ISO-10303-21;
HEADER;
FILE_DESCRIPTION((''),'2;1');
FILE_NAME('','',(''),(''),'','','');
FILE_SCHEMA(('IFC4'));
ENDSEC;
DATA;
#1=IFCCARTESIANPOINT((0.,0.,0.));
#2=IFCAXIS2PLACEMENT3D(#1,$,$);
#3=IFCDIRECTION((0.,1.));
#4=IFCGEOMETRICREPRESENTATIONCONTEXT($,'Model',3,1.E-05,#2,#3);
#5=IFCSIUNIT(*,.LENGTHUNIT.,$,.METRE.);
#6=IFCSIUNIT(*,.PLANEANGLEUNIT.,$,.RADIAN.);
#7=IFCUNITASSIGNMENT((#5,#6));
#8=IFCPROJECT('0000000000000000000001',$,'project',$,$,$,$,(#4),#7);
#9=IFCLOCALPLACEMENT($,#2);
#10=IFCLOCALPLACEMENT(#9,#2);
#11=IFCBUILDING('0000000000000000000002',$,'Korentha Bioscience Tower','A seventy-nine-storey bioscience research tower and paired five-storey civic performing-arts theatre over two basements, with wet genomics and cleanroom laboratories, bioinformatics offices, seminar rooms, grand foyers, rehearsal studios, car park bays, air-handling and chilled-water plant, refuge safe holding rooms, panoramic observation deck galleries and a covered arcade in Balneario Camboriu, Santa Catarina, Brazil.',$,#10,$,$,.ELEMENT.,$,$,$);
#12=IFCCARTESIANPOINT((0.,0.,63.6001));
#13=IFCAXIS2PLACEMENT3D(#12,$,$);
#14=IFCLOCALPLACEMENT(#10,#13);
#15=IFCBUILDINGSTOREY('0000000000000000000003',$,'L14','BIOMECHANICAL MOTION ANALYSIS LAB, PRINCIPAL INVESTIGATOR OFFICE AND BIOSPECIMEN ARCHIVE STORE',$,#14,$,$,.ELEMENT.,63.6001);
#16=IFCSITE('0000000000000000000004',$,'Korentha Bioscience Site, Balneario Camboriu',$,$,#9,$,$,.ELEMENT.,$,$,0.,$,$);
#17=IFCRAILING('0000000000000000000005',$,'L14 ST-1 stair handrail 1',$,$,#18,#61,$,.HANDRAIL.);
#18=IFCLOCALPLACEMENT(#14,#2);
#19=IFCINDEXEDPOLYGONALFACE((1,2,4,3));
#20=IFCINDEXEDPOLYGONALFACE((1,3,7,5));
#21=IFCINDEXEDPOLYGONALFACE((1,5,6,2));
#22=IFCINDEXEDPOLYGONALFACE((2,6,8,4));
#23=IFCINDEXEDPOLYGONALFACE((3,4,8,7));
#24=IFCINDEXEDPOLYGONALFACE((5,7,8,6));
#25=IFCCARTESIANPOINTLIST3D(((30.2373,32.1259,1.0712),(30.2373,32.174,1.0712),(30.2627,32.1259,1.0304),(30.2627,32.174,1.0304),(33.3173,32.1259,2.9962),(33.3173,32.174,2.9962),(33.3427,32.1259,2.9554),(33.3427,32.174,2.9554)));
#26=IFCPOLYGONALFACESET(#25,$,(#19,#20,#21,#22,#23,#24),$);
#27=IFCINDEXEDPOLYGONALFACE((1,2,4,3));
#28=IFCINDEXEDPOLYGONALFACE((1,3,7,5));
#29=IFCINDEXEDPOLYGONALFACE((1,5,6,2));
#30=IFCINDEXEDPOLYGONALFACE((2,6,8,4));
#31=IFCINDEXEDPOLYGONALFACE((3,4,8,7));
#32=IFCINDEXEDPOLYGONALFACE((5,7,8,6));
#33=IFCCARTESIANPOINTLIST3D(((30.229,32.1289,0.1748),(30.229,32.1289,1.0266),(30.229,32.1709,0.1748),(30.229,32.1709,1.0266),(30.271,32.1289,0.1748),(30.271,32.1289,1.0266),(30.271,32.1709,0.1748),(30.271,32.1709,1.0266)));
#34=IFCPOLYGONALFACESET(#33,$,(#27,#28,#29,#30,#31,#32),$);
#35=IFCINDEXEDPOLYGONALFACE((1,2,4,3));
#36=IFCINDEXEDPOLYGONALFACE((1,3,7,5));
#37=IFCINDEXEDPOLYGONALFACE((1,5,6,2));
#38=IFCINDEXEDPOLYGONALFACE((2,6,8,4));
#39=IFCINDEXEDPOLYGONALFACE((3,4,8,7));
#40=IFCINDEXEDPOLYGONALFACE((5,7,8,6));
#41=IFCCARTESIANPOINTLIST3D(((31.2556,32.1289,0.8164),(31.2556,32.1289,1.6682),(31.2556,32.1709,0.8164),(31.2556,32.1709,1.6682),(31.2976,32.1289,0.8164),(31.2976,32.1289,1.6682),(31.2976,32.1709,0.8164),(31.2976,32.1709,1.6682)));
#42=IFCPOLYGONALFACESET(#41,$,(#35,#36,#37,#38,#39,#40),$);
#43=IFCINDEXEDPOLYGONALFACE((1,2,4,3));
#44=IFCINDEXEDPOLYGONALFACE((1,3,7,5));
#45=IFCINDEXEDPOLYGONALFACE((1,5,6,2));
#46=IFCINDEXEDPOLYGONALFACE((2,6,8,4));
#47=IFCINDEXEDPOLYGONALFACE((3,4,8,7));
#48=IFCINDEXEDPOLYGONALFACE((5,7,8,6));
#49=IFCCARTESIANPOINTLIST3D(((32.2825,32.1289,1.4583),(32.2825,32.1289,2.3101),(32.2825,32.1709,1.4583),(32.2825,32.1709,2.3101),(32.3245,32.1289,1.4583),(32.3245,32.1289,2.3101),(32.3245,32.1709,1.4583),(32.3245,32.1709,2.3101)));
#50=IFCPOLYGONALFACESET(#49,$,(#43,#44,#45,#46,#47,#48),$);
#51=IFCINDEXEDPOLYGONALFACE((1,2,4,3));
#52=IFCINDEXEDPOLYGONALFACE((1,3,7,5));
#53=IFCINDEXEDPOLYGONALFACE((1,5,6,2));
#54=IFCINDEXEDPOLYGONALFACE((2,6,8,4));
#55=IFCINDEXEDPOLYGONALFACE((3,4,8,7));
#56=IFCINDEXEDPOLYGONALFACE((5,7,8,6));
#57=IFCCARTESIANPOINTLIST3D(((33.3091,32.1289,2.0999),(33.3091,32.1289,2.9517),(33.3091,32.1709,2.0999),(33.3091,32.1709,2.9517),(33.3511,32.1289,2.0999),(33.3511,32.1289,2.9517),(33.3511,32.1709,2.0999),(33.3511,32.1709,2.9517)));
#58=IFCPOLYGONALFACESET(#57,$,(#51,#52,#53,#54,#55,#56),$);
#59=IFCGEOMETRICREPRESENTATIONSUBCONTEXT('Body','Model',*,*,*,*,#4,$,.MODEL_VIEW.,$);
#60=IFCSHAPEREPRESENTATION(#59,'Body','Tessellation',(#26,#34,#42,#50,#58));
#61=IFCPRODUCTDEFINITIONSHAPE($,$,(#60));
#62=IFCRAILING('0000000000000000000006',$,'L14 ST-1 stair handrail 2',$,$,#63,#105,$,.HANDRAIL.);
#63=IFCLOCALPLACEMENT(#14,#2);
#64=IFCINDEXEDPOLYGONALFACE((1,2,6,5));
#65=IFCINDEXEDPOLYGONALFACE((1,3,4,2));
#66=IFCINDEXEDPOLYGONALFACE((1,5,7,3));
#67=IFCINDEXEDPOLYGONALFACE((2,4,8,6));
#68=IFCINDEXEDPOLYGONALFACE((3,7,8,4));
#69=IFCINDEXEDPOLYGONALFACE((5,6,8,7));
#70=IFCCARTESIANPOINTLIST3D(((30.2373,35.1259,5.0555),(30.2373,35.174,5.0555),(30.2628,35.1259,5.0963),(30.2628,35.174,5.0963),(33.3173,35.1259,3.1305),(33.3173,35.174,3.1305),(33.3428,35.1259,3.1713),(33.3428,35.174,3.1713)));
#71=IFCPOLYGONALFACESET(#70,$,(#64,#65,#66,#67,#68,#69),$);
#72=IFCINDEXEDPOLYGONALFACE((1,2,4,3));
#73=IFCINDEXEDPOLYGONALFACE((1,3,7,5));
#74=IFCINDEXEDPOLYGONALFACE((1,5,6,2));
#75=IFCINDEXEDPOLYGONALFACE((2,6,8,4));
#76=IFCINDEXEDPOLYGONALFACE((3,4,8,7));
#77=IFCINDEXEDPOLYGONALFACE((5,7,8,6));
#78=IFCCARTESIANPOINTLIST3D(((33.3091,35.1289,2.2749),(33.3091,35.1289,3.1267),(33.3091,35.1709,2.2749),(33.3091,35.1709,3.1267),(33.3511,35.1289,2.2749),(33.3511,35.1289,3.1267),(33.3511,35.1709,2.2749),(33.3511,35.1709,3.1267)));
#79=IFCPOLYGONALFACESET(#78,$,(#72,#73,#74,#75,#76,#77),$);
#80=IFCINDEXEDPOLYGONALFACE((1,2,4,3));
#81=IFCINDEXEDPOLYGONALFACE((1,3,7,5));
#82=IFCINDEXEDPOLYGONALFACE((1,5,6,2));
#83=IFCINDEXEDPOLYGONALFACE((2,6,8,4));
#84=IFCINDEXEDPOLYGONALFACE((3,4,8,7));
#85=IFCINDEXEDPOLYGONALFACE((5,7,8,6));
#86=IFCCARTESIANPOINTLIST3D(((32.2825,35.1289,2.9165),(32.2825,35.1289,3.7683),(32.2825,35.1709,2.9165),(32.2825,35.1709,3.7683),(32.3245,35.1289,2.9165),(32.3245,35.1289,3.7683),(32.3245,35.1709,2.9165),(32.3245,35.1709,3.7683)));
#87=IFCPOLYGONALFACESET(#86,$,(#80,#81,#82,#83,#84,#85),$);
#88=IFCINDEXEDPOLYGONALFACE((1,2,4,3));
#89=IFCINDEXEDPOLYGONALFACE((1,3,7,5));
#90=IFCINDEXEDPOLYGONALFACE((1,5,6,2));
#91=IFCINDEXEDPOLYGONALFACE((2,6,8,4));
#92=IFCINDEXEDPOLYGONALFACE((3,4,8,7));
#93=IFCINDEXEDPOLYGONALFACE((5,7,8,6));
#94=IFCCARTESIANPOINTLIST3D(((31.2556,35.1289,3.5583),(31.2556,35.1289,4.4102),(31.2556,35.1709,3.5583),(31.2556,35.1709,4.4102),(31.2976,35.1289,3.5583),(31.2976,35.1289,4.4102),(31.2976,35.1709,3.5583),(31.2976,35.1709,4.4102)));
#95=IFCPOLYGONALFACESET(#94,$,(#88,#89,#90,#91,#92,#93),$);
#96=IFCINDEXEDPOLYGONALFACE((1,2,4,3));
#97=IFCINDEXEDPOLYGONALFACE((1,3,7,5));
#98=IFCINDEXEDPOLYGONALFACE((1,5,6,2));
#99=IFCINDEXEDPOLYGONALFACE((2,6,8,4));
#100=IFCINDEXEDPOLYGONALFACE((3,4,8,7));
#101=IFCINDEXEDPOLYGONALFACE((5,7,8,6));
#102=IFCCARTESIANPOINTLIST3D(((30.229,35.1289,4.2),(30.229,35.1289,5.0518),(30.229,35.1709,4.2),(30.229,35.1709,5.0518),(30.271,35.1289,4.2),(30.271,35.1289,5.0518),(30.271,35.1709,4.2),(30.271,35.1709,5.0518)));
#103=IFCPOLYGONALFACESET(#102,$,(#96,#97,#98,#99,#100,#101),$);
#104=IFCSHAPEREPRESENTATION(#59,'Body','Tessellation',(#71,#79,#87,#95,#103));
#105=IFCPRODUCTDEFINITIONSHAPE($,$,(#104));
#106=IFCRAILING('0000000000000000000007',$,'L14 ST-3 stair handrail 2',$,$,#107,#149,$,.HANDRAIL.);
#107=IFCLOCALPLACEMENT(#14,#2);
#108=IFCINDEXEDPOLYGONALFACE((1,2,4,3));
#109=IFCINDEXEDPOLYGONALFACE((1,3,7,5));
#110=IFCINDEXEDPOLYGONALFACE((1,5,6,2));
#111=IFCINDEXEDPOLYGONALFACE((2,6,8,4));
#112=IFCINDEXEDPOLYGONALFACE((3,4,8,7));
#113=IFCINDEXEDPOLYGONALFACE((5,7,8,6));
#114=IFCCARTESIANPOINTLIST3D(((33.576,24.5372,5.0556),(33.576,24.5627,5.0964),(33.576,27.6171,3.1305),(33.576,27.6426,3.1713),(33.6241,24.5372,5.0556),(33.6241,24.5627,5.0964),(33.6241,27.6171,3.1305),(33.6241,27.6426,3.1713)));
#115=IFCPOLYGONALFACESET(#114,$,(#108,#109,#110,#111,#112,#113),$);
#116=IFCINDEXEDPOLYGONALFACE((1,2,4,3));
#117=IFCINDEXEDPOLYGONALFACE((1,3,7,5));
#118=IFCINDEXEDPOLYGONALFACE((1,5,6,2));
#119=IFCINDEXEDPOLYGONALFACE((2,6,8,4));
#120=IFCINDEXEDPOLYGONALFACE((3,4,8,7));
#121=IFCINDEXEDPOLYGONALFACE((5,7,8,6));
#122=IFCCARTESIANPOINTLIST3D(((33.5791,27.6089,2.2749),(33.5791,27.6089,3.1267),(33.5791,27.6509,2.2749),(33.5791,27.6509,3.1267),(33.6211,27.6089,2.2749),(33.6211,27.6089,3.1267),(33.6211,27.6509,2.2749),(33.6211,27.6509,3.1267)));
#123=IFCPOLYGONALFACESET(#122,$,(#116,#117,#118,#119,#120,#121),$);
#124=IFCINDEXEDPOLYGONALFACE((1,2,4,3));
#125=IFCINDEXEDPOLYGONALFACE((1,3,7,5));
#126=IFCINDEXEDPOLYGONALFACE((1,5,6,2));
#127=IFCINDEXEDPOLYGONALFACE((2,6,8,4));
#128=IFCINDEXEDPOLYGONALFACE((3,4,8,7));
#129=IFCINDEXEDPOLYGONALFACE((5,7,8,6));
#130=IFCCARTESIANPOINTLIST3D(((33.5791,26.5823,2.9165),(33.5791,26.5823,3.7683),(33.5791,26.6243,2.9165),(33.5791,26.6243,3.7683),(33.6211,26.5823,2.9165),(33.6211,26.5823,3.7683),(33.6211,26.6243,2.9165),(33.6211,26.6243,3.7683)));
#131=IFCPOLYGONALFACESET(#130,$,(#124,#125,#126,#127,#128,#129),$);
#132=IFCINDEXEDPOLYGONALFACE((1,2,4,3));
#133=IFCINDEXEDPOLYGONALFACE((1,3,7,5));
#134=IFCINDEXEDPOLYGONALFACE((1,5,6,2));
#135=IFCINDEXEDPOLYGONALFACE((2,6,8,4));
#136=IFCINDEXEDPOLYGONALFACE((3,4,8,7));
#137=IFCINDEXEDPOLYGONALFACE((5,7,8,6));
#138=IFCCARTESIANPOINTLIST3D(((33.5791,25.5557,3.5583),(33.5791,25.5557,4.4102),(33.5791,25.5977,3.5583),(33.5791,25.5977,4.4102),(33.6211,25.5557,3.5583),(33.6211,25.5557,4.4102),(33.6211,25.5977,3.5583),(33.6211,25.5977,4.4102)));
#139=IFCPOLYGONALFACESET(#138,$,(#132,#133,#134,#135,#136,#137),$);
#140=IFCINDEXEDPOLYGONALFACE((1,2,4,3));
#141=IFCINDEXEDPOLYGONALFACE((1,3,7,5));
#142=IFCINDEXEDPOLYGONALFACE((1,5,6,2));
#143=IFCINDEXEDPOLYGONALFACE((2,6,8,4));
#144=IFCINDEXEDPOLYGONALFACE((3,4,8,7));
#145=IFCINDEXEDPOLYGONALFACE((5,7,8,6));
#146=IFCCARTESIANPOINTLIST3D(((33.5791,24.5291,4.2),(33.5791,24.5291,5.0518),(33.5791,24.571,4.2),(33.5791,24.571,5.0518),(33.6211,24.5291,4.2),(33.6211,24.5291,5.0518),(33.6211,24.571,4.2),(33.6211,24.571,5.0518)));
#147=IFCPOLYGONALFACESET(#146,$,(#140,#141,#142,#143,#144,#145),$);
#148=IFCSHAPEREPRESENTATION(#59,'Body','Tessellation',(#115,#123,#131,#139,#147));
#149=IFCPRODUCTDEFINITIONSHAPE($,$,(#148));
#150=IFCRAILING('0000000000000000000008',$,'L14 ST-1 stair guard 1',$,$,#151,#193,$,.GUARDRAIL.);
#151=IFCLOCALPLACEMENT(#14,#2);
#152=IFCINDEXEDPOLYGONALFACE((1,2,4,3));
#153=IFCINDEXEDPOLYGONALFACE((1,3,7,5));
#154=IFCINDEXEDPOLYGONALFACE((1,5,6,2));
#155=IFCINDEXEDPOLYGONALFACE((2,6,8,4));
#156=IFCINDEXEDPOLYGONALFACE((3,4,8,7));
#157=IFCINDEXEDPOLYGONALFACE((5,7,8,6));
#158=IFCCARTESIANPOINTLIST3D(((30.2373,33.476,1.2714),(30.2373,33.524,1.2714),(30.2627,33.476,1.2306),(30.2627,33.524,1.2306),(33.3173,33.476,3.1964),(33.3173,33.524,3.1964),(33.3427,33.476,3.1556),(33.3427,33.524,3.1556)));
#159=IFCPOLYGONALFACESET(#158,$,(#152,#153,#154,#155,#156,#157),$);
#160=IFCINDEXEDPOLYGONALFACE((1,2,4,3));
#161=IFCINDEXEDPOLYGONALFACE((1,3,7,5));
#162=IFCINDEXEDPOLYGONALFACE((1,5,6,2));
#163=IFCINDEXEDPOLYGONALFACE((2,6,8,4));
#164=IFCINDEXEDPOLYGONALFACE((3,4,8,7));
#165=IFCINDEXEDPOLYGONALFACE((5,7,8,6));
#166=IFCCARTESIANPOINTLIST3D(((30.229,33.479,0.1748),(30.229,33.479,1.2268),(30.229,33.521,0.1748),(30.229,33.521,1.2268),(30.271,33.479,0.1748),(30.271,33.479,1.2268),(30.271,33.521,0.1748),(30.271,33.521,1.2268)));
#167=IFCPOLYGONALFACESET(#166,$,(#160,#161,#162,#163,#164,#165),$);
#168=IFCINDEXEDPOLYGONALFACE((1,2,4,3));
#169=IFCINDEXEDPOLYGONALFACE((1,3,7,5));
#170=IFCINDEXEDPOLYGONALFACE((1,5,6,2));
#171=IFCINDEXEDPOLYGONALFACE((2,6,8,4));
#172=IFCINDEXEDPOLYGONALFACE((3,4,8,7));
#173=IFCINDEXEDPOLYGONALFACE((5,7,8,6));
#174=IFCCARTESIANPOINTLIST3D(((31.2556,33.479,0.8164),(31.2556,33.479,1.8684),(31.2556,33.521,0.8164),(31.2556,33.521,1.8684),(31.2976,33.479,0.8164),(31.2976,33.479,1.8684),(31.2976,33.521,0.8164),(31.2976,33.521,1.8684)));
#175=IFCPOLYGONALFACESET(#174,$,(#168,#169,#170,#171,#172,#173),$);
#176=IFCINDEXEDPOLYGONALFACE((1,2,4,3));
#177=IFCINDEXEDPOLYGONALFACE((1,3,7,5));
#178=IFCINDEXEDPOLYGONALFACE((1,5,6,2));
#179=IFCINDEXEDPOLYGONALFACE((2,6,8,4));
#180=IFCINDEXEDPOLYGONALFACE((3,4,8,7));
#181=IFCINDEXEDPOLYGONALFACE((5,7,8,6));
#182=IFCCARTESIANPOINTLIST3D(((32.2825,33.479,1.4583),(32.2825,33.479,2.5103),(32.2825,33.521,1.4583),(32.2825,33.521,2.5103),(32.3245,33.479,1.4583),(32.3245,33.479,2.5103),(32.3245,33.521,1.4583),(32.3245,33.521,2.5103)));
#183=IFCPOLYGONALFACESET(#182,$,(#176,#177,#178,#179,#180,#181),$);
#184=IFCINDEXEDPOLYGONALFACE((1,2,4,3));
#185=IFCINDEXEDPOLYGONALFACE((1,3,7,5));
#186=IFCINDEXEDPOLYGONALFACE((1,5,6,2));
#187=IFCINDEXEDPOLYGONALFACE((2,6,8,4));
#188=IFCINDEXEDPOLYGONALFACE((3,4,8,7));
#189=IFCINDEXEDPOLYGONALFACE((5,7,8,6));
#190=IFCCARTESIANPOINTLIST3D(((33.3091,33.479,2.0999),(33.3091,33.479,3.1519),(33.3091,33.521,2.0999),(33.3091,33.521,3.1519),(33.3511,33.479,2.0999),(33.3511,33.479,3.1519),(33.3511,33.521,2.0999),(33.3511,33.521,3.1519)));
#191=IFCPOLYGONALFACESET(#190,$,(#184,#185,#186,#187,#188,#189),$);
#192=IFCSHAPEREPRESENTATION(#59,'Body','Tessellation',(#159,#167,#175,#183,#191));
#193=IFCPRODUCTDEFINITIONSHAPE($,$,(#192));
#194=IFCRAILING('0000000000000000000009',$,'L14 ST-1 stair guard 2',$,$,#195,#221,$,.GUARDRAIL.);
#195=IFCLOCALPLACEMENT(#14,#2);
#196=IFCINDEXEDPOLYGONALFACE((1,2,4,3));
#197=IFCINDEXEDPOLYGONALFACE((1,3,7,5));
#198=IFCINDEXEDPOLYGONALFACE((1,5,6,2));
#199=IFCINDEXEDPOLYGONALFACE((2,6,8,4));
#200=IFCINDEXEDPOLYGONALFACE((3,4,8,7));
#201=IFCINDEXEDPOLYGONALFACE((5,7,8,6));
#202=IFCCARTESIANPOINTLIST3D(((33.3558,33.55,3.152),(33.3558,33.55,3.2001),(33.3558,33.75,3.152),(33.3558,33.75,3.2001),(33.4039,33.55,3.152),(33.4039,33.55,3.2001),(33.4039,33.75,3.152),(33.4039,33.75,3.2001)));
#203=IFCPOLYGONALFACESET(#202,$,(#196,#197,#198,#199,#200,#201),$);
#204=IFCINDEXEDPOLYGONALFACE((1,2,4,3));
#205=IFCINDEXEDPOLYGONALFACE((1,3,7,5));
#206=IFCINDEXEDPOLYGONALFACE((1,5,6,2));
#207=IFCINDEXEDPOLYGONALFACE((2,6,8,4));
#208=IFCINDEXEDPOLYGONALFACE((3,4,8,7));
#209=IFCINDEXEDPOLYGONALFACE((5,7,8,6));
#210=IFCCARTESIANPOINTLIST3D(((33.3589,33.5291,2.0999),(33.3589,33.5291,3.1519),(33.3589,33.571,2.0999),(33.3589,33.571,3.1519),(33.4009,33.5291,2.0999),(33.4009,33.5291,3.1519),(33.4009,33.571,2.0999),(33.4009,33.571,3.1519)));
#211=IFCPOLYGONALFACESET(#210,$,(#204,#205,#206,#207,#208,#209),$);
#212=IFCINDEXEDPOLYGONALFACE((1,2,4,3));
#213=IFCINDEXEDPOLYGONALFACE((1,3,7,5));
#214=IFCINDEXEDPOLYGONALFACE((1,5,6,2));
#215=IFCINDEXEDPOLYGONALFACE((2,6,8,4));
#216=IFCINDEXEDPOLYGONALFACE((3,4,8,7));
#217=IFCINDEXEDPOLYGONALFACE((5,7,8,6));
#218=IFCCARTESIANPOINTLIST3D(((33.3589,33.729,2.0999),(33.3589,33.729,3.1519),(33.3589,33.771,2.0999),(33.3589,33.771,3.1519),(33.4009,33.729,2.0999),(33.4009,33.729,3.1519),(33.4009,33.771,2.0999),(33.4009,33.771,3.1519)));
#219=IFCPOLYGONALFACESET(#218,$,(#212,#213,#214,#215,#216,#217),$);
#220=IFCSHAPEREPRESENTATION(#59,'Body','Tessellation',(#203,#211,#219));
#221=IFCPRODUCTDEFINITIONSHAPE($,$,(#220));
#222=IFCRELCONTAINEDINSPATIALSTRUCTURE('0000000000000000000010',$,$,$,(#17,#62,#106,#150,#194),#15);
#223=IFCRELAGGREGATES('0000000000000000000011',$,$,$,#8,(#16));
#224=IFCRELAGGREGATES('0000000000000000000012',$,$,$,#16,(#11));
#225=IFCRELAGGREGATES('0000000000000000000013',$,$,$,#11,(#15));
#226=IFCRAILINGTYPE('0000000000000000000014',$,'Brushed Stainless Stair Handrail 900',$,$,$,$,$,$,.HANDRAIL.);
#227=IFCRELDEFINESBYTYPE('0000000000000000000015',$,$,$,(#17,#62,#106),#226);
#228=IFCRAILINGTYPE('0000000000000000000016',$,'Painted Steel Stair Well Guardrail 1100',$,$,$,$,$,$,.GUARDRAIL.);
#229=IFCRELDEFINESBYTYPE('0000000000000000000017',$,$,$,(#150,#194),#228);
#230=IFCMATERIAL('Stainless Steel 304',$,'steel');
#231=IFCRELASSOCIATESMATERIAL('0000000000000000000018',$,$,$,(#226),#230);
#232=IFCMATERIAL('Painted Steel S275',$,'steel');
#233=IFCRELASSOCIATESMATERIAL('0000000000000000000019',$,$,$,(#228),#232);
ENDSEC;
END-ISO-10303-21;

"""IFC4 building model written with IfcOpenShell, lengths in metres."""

from ifc_helpers import new_model, si_unit, direction, frame, origin, origin_2d, place, context, subcontext, project, spatial, rectangle, extrude, material, type_object, element, save


model = new_model("IFC4")

# Units and contexts
model_context = context("Model", 3, precision=1e-05, world=origin(), true_north=direction((0.0, 1.0)))
body_context = subcontext(model_context, "Body", "Model", "MODEL_VIEW")
ifc_project = project(units=[si_unit("LENGTHUNIT", "METRE"), si_unit("PLANEANGLEUNIT", "RADIAN")], contexts=[model_context])

# Site, building, storey
site_placement = place(None, origin())
site = spatial("IfcSite", under=ifc_project, at=site_placement, Name="Korentha Bioscience Site, Balneario Camboriu", CompositionType="ELEMENT", RefElevation=0.0)
building_placement = place(site_placement, origin())
building = spatial("IfcBuilding", under=site, at=building_placement, Name="Korentha Bioscience Tower", Description="A seventy-nine-storey bioscience research tower and paired five-storey civic performing-arts theatre over two basements, with wet genomics and cleanroom laboratories, bioinformatics offices, seminar rooms, grand foyers, rehearsal studios, car park bays, air-handling and chilled-water plant, refuge safe holding rooms, panoramic observation deck galleries and a covered arcade in Balneario Camboriu, Santa Catarina, Brazil.", CompositionType="ELEMENT")
storey_placement = place(building_placement, frame((0.0, 0.0, 63.6001)))
storey = spatial("IfcBuildingStorey", under=building, at=storey_placement, Name="L14", Description="BIOMECHANICAL MOTION ANALYSIS LAB, PRINCIPAL INVESTIGATOR OFFICE AND BIOSPECIMEN ARCHIVE STORE", CompositionType="ELEMENT", Elevation=63.6001)

# Railings
ifc_material_1 = material(Name="Stainless Steel 304", Category="steel")
railing_type_1 = type_object("IfcRailingType", Name="Brushed Stainless Stair Handrail 900", PredefinedType="HANDRAIL", material=ifc_material_1)
railing_1_placement = place(storey_placement, frame((30.25, 32.1499, 0.1748)))
element("IfcRailing", 1, at=railing_1_placement, inside=storey, type_object=railing_type_1, Name="L14 ST-1 stair handrail 1", PredefinedType="HANDRAIL", context=body_context, shape_type="SweptSolid", body=[
    extrude(rectangle(XDim=0.0481, YDim=0.0481, at=origin_2d()), frame((0.0, 0.0, 0.876), z_axis=(0.847998, 0.0, 0.529999), x_axis=(0.0, 1.0, 0.0)), (0.0, 0.0, 1.0), 3.6321),
    extrude(rectangle(XDim=0.042, YDim=0.042, at=origin_2d()), origin(), (0.0, 0.0, 1.0), 0.8518),
    extrude(rectangle(XDim=0.042, YDim=0.042, at=origin_2d()), frame((1.0266, 0.0, 0.6416)), (0.0, 0.0, 1.0), 0.8518),
    extrude(rectangle(XDim=0.042, YDim=0.042, at=origin_2d()), frame((2.0535, 0.0, 1.2834)), (0.0, 0.0, 1.0), 0.8518),
    extrude(rectangle(XDim=0.042, YDim=0.042, at=origin_2d()), frame((3.0801, 0.0, 1.925)), (0.0, 0.0, 1.0), 0.8518),
])
railing_2_placement = place(storey_placement, frame((33.3301, 35.1499, 2.2749)))
element("IfcRailing", 2, at=railing_2_placement, inside=storey, type_object=railing_type_1, Name="L14 ST-1 stair handrail 2", PredefinedType="HANDRAIL", context=body_context, shape_type="SweptSolid", body=[
    extrude(rectangle(XDim=0.0481, YDim=0.0481, at=origin_2d()), frame((0.0, 0.0, 0.876), z_axis=(-0.847998, 0.0, 0.529999), x_axis=(0.0, -1.0, 0.0)), (0.0, 0.0, 1.0), 3.6321),
    extrude(rectangle(XDim=0.042, YDim=0.042, at=origin_2d()), origin(), (0.0, 0.0, 1.0), 0.8518),
    extrude(rectangle(XDim=0.042, YDim=0.042, at=origin_2d()), frame((-1.0266, 0.0, 0.6416)), (0.0, 0.0, 1.0), 0.8518),
    extrude(rectangle(XDim=0.042, YDim=0.042, at=origin_2d()), frame((-2.0535, 0.0, 1.2834)), (0.0, 0.0, 1.0), 0.8518),
    extrude(rectangle(XDim=0.042, YDim=0.042, at=origin_2d()), frame((-3.0801, 0.0, 1.925)), (0.0, 0.0, 1.0), 0.8518),
])
railing_3_placement = place(storey_placement, frame((33.6001, 27.6299, 2.2749)))
element("IfcRailing", 3, at=railing_3_placement, inside=storey, type_object=railing_type_1, Name="L14 ST-3 stair handrail 2", PredefinedType="HANDRAIL", context=body_context, shape_type="SweptSolid", body=[
    extrude(rectangle(XDim=0.0481, YDim=0.0481, at=origin_2d()), frame((0.0, 0.0, 0.876), z_axis=(0.0, -0.847979, 0.530029), x_axis=(1.0, 0.0, 0.0)), (0.0, 0.0, 1.0), 3.6321),
    extrude(rectangle(XDim=0.042, YDim=0.042, at=origin_2d()), origin(), (0.0, 0.0, 1.0), 0.8518),
    extrude(rectangle(XDim=0.042, YDim=0.042, at=origin_2d()), frame((0.0, -1.0266, 0.6416)), (0.0, 0.0, 1.0), 0.8518),
    extrude(rectangle(XDim=0.042, YDim=0.042, at=origin_2d()), frame((0.0, -2.0532, 1.2834)), (0.0, 0.0, 1.0), 0.8518),
    extrude(rectangle(XDim=0.042, YDim=0.042, at=origin_2d()), frame((0.0, -3.0798, 1.925)), (0.0, 0.0, 1.0), 0.8518),
])
ifc_material_2 = material(Name="Painted Steel S275", Category="steel")
railing_type_2 = type_object("IfcRailingType", Name="Painted Steel Stair Well Guardrail 1100", PredefinedType="GUARDRAIL", material=ifc_material_2)
railing_4_placement = place(storey_placement, frame((30.25, 33.5, 0.1748)))
element("IfcRailing", 4, at=railing_4_placement, inside=storey, type_object=railing_type_2, Name="L14 ST-1 stair guard 1", PredefinedType="GUARDRAIL", context=body_context, shape_type="SweptSolid", body=[
    extrude(rectangle(XDim=0.0481, YDim=0.0481, at=origin_2d()), frame((0.0, 0.0, 1.0762), z_axis=(0.847998, 0.0, 0.529999), x_axis=(0.0, 1.0, 0.0)), (0.0, 0.0, 1.0), 3.6321),
    extrude(rectangle(XDim=0.042, YDim=0.042, at=origin_2d()), origin(), (0.0, 0.0, 1.0), 1.052),
    extrude(rectangle(XDim=0.042, YDim=0.042, at=origin_2d()), frame((1.0266, 0.0, 0.6416)), (0.0, 0.0, 1.0), 1.052),
    extrude(rectangle(XDim=0.042, YDim=0.042, at=origin_2d()), frame((2.0535, 0.0, 1.2834)), (0.0, 0.0, 1.0), 1.052),
    extrude(rectangle(XDim=0.042, YDim=0.042, at=origin_2d()), frame((3.0801, 0.0, 1.925)), (0.0, 0.0, 1.0), 1.052),
])
railing_5_placement = place(storey_placement, frame((33.3799, 33.55, 2.0999)))
element("IfcRailing", 5, at=railing_5_placement, inside=storey, type_object=railing_type_2, Name="L14 ST-1 stair guard 2", PredefinedType="GUARDRAIL", context=body_context, shape_type="SweptSolid", body=[
    extrude(rectangle(XDim=0.0481, YDim=0.0481, at=origin_2d()), frame((0.0, 0.0, 1.0762), z_axis=(0.0, 1.0, 0.0), x_axis=(-1.0, 0.0, 0.0)), (0.0, 0.0, 1.0), 0.2),
    extrude(rectangle(XDim=0.042, YDim=0.042, at=origin_2d()), origin(), (0.0, 0.0, 1.0), 1.052),
    extrude(rectangle(XDim=0.042, YDim=0.042, at=origin_2d()), frame((0.0, 0.2, 0.0)), (0.0, 0.0, 1.0), 1.052),
])

save(model, "model.ifc")
